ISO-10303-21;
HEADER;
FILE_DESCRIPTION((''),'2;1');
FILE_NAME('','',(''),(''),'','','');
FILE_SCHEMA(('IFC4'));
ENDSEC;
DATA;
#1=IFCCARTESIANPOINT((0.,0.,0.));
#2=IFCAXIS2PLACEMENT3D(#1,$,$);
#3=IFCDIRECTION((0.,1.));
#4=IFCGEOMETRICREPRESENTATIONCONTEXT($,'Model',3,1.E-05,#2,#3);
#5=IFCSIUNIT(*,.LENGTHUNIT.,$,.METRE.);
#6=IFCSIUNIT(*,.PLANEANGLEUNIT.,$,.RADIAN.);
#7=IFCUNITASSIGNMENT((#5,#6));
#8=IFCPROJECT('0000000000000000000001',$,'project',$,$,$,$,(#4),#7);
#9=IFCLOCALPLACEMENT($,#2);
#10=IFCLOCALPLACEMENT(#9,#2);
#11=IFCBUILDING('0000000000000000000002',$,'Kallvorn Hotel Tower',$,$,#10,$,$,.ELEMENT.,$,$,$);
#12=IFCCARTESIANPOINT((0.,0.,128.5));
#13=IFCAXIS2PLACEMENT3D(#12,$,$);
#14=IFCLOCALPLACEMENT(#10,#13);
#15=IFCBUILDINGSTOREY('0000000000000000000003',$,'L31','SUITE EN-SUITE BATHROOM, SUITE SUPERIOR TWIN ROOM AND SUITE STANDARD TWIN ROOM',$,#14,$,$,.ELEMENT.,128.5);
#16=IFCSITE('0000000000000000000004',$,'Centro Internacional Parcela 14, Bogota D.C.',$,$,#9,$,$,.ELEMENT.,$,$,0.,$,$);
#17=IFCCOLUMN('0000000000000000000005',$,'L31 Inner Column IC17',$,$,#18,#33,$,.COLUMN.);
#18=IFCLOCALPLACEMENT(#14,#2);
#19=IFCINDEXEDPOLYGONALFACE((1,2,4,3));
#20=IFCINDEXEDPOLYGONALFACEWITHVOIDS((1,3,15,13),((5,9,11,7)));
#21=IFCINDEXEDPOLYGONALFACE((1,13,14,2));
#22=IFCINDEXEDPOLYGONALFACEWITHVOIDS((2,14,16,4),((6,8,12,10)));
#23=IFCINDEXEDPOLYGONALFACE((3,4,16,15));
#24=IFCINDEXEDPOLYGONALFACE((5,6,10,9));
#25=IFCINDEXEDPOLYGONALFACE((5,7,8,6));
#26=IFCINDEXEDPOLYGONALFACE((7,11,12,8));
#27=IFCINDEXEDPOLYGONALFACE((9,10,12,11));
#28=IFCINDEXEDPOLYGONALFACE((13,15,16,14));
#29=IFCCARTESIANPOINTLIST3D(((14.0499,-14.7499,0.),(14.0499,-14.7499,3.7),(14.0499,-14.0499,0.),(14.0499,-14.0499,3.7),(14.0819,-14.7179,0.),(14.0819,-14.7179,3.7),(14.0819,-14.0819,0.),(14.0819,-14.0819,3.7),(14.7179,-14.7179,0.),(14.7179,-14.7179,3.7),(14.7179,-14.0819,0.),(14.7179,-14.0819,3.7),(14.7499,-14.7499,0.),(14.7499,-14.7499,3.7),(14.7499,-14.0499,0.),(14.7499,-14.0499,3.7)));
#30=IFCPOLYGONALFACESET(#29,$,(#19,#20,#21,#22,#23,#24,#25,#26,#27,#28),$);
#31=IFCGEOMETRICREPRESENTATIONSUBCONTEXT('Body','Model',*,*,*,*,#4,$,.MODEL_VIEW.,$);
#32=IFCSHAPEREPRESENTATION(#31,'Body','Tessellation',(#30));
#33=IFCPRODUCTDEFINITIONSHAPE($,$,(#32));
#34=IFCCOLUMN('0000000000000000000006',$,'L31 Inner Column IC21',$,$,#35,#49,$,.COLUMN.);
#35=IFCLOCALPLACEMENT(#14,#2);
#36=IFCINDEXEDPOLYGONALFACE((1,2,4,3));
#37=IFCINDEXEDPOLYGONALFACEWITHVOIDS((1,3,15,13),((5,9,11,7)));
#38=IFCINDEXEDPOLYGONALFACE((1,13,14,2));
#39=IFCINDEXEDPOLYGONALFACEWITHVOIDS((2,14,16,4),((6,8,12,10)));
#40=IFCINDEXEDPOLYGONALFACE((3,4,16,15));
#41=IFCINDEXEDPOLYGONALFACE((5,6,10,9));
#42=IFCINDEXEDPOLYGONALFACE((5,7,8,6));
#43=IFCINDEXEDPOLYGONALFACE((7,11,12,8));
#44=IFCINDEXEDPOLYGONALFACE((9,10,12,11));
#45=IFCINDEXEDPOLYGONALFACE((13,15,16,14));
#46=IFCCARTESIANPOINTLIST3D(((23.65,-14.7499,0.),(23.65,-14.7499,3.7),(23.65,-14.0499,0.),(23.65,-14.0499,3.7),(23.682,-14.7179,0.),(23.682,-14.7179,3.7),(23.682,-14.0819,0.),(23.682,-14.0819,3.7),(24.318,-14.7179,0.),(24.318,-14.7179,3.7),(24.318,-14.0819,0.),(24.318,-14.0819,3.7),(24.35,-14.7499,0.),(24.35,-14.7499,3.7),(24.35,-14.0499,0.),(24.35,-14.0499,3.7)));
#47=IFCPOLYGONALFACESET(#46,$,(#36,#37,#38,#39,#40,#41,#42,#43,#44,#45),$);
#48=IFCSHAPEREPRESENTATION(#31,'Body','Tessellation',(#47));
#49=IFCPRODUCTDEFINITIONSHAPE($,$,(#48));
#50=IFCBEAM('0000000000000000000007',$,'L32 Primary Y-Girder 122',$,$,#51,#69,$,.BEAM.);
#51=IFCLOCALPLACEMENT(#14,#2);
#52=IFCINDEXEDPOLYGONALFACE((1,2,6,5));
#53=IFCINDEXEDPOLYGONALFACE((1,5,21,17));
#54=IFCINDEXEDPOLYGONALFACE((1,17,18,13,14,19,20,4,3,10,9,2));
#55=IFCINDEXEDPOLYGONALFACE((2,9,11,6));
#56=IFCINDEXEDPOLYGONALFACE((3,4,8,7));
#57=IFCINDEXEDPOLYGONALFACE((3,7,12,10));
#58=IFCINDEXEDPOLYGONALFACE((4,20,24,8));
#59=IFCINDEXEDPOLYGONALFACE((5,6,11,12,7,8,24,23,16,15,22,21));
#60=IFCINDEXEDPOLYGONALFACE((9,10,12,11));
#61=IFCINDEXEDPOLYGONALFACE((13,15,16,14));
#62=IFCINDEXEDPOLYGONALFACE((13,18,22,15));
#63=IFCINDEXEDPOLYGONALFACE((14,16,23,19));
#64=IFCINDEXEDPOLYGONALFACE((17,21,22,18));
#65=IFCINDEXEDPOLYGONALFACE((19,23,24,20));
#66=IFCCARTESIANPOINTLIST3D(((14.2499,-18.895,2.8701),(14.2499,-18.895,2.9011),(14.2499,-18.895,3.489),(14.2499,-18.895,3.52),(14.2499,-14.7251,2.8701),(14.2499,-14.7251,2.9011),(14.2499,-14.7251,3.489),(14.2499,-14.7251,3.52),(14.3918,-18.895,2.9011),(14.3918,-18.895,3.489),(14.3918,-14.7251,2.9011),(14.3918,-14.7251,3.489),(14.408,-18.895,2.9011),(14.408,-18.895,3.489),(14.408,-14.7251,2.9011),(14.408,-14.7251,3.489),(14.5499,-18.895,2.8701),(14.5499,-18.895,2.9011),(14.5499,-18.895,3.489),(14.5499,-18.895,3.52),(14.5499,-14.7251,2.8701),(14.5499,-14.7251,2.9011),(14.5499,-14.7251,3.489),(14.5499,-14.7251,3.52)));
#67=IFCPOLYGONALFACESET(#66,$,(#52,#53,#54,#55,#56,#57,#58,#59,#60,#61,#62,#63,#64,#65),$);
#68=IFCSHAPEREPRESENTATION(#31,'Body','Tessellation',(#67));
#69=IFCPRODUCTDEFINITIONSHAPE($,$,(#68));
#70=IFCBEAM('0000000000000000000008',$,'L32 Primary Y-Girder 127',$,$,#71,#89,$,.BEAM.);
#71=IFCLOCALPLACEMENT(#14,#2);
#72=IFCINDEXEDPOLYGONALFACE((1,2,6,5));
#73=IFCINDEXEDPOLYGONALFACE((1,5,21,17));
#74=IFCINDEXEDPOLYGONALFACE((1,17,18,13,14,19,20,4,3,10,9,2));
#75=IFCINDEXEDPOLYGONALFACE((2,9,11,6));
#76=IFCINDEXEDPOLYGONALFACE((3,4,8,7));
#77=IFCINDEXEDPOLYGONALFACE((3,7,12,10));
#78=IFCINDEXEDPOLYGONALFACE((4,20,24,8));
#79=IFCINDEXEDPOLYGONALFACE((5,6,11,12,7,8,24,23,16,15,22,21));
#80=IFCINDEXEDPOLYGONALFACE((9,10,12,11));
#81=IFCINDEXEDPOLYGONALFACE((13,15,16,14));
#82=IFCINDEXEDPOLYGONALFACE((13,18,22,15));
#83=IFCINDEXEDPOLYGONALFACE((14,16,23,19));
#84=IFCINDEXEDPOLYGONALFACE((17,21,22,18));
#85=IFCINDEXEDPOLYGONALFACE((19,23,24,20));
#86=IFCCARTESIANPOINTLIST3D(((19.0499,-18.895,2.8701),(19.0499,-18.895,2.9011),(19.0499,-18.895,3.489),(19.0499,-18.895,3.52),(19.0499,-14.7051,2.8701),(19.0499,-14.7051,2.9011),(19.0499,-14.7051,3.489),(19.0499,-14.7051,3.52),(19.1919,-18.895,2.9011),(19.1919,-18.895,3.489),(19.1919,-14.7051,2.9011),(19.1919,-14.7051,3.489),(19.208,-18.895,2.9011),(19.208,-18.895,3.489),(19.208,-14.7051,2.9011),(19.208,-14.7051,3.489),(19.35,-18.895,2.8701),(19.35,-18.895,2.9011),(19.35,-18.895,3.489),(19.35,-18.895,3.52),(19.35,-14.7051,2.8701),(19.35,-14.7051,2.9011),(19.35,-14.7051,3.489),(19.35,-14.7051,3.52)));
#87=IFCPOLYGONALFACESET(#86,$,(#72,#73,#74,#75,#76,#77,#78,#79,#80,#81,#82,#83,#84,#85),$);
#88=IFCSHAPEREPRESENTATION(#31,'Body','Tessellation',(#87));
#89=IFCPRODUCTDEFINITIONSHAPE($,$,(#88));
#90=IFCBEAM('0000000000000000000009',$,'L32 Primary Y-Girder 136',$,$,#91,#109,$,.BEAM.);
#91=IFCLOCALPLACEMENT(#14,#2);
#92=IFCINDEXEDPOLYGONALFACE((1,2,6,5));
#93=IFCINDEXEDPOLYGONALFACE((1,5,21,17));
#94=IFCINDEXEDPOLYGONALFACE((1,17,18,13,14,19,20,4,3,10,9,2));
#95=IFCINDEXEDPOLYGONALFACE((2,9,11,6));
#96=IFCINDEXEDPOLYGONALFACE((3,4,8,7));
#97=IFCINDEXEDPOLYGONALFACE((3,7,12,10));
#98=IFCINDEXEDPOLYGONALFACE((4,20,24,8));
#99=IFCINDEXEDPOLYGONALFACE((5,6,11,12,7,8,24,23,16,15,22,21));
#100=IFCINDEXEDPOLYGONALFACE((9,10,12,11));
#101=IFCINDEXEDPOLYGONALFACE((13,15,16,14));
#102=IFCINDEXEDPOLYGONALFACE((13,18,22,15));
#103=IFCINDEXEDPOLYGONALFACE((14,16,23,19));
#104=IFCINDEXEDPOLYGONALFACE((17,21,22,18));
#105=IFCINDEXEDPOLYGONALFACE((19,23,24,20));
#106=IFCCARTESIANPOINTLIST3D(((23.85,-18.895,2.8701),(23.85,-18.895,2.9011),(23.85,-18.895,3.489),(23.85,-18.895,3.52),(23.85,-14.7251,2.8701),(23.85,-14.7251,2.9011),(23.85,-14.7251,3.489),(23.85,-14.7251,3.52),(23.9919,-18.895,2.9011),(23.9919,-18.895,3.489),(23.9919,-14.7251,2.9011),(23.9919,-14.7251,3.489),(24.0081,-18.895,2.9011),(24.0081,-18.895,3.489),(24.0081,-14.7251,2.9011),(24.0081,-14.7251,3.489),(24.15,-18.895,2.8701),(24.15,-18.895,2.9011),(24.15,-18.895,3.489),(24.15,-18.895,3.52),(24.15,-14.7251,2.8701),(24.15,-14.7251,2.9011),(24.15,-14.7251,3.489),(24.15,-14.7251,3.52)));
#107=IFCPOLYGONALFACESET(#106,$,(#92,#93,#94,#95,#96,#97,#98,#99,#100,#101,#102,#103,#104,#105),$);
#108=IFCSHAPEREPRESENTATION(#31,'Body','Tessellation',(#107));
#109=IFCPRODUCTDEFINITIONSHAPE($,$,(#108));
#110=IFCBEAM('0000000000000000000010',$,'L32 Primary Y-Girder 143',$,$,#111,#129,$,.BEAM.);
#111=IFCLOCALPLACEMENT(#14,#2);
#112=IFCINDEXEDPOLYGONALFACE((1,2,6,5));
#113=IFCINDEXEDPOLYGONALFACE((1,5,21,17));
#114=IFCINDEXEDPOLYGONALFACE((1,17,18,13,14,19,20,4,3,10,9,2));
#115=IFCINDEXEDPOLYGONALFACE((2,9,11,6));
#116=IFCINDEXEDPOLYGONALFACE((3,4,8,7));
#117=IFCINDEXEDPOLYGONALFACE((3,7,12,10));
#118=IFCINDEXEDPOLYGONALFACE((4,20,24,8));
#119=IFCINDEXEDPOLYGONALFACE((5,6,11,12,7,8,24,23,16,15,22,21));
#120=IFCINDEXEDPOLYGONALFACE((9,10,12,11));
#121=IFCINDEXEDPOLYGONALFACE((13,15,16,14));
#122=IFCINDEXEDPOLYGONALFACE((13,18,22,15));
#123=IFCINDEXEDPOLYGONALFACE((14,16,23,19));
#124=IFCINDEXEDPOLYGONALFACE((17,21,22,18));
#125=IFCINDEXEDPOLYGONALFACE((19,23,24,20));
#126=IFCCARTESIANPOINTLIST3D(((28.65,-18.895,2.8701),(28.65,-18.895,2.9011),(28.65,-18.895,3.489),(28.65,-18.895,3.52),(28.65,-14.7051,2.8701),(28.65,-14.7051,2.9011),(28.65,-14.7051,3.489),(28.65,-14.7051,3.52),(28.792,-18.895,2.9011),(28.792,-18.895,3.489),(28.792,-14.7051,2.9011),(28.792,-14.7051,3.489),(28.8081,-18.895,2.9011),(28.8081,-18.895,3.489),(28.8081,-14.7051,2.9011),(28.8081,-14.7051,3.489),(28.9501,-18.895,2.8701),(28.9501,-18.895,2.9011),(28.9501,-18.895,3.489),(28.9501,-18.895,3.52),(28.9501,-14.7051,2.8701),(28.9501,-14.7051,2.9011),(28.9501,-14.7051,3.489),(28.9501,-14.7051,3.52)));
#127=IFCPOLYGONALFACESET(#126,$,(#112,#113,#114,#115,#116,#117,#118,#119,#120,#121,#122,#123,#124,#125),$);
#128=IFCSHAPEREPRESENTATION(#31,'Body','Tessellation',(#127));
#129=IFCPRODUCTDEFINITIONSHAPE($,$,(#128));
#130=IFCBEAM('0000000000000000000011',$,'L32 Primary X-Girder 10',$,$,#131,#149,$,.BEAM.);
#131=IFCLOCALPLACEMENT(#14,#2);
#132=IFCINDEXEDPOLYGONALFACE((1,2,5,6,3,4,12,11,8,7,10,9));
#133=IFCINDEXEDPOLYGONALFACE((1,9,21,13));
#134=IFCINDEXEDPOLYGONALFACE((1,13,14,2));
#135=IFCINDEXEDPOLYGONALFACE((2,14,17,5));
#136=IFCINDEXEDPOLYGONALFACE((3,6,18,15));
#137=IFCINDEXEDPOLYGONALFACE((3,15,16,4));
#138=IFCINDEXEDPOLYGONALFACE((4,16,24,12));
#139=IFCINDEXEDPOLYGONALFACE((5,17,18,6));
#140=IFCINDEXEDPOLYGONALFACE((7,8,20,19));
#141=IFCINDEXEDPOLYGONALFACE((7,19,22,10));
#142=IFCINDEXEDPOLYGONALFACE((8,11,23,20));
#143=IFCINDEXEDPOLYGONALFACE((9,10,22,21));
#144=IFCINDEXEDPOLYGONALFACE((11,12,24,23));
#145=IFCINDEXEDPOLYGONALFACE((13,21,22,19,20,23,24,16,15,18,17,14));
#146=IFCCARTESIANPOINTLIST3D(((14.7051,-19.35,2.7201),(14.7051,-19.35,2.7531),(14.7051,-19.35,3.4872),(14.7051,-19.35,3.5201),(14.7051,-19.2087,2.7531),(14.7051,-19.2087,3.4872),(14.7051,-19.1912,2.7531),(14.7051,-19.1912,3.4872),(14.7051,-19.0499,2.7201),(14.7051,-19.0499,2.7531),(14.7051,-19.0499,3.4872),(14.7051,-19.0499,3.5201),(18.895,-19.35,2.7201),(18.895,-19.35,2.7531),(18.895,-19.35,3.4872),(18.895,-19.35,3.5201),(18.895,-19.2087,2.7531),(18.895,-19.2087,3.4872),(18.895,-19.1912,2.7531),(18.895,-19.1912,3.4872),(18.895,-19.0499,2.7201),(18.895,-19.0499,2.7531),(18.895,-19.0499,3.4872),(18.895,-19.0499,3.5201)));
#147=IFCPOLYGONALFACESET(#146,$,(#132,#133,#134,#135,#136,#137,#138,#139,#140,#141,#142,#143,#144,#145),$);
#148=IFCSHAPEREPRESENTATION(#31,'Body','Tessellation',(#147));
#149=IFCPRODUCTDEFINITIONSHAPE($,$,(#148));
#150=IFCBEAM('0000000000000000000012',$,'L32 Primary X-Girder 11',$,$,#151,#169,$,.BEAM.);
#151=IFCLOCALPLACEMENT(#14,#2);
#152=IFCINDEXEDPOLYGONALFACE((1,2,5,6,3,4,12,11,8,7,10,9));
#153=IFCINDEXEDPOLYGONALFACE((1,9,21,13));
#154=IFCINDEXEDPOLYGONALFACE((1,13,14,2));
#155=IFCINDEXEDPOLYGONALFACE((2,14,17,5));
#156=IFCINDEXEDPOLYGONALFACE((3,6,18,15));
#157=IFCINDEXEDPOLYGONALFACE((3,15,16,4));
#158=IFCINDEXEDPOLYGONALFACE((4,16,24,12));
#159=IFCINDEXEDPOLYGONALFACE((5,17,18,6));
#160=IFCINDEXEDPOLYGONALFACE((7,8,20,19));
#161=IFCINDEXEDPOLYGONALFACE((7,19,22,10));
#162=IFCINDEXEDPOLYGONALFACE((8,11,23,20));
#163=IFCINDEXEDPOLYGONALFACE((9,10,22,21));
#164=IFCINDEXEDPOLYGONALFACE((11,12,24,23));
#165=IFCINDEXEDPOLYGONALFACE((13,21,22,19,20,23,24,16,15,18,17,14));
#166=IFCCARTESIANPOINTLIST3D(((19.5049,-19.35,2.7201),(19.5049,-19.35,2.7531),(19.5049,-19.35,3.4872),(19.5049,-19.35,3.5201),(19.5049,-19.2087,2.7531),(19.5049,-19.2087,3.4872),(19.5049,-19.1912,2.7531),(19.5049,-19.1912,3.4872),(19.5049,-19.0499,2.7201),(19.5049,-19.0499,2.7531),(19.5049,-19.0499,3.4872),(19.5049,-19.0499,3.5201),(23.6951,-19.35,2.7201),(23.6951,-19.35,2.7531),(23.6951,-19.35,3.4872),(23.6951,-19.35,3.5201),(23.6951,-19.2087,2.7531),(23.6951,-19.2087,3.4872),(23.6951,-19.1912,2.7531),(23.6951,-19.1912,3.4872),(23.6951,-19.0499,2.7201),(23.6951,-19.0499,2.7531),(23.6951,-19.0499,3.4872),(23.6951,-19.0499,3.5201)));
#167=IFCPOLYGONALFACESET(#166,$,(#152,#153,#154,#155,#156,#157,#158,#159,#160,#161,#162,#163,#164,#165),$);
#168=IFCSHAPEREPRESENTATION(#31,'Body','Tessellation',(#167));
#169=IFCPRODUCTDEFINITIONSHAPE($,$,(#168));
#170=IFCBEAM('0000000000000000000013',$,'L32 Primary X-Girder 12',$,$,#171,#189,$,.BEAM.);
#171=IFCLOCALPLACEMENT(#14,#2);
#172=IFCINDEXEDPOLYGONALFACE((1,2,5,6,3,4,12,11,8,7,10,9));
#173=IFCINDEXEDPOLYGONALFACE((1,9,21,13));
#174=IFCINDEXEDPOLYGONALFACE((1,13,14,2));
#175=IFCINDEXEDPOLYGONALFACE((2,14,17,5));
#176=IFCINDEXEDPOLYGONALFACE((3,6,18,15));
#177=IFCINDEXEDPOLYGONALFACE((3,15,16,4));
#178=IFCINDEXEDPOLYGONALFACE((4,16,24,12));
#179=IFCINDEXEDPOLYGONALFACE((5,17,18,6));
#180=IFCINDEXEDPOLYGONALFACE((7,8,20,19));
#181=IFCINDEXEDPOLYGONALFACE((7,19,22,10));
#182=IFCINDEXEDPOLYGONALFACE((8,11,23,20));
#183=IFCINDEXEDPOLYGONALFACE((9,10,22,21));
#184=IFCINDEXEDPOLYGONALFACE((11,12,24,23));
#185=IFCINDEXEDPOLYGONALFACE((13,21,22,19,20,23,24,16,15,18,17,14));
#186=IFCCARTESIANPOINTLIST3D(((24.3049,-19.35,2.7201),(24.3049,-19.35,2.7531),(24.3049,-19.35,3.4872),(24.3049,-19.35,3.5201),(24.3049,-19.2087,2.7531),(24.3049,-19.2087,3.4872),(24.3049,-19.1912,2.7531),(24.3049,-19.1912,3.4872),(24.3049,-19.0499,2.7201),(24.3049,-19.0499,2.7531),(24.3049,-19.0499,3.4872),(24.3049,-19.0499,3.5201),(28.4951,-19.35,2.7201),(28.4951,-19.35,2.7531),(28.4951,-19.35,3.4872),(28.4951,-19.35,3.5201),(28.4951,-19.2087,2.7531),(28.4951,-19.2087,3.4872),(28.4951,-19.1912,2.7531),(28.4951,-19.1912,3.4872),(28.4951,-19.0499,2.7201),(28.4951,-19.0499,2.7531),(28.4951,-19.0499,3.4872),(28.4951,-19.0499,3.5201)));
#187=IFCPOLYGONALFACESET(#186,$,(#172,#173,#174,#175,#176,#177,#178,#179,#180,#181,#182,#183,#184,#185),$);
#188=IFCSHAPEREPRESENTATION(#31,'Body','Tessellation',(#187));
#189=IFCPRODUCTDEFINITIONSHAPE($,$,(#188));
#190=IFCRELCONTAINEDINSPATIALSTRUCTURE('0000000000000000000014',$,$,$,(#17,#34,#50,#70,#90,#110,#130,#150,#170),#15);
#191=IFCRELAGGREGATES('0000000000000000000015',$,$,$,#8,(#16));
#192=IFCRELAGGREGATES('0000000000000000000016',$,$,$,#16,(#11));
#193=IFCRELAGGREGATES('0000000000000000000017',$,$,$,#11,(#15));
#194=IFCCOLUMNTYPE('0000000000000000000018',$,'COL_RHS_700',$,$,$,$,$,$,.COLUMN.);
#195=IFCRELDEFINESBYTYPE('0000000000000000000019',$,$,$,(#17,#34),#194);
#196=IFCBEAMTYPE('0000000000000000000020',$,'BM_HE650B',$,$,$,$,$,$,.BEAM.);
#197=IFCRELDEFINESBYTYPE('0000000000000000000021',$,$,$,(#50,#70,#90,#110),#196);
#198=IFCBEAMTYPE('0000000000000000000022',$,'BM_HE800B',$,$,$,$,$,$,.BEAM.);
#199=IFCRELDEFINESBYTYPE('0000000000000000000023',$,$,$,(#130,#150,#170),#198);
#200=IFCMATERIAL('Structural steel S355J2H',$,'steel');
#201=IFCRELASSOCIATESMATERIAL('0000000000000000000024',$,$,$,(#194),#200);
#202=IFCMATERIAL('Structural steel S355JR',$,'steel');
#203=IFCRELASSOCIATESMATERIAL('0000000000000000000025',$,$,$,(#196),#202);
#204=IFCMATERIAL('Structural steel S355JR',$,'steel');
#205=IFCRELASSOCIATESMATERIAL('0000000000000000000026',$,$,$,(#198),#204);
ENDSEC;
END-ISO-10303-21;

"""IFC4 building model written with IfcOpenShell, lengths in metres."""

from ifc_helpers import new_model, si_unit, direction, frame, origin, origin_2d, place, context, subcontext, project, spatial, hollow_rectangle, i_section, extrude, material, material_profile, profile_set, type_object, element, save


model = new_model("IFC4")

# Units and contexts
model_context = context("Model", 3, precision=1e-05, world=origin(), true_north=direction((0.0, 1.0)))
body_context = subcontext(model_context, "Body", "Model", "MODEL_VIEW")
ifc_project = project(units=[si_unit("LENGTHUNIT", "METRE"), si_unit("PLANEANGLEUNIT", "RADIAN")], contexts=[model_context])

# Site, building, storey
site_placement = place(None, origin())
site = spatial("IfcSite", under=ifc_project, at=site_placement, Name="Centro Internacional Parcela 14, Bogota D.C.", CompositionType="ELEMENT", RefElevation=0.0)
building_placement = place(site_placement, origin())
building = spatial("IfcBuilding", under=site, at=building_placement, Name="Kallvorn Hotel Tower", CompositionType="ELEMENT")
storey_placement = place(building_placement, frame((0.0, 0.0, 128.5)))
storey = spatial("IfcBuildingStorey", under=building, at=storey_placement, Name="L31", Description="SUITE EN-SUITE BATHROOM, SUITE SUPERIOR TWIN ROOM AND SUITE STANDARD TWIN ROOM", CompositionType="ELEMENT", Elevation=128.5)

# Columns
ifc_material_1 = material(Name="Structural steel S355J2H", Category="steel")
ifc_material_profile_1 = material_profile(ifc_material_1, hollow_rectangle(XDim=0.7, YDim=0.7, WallThickness=0.032, at=origin_2d()), Name="RHS 700x700x32")
ifc_profile_set_1 = profile_set([ifc_material_profile_1], Name="Structural steel S355J2H")
column_type_1 = type_object("IfcColumnType", Name="COL_RHS_700", PredefinedType="COLUMN", material=ifc_profile_set_1)
for number, where, z_axis, x_axis, name in (
    (1, (14.3999, -14.3999, 0.0), (0.0, 0.0, 1.0), (1.0, 0.0, 0.0), "L31 Inner Column IC17"),
    (2, (24.0, -14.3999, 0.0), (0.0, 0.0, 1.0), (1.0, 0.0, 0.0), "L31 Inner Column IC21"),
):
    element("IfcColumn", number, at=place(storey_placement, frame(where, z_axis=z_axis, x_axis=x_axis)), inside=storey, type_object=column_type_1, Name=name, PredefinedType="COLUMN", context=body_context, shape_type="SweptSolid", body=[
        extrude(hollow_rectangle(XDim=0.7, YDim=0.7, WallThickness=0.032, at=origin_2d()), origin(), (0.0, 0.0, 1.0), 3.7),
    ])

# Beams
ifc_material_2 = material(Name="Structural steel S355JR", Category="steel")
ifc_material_profile_2 = material_profile(ifc_material_2, i_section(OverallWidth=0.3, OverallDepth=0.6499, WebThickness=0.0161, FlangeThickness=0.031, at=origin_2d()), Name="HE 650 B")
ifc_profile_set_2 = profile_set([ifc_material_profile_2], Name="Structural steel S355JR")
beam_type_1 = type_object("IfcBeamType", Name="BM_HE650B", PredefinedType="BEAM", material=ifc_profile_set_2)
beam_1_placement = place(storey_placement, frame((14.3999, -18.895, 3.1951), z_axis=(0.0, 1.0, 0.0), x_axis=(-1.0, 0.0, 0.0)))
element("IfcBeam", 3, at=beam_1_placement, inside=storey, type_object=beam_type_1, Name="L32 Primary Y-Girder 122", PredefinedType="BEAM", context=body_context, shape_type="SweptSolid", body=[
    extrude(i_section(OverallWidth=0.3, OverallDepth=0.6499, WebThickness=0.0161, FlangeThickness=0.031, at=origin_2d()), origin(), (0.0, 0.0, 1.0), 4.1699),
])
beam_2_placement = place(storey_placement, frame((19.2, -18.895, 3.1951), z_axis=(0.0, 1.0, 0.0), x_axis=(-1.0, 0.0, 0.0)))
element("IfcBeam", 4, at=beam_2_placement, inside=storey, type_object=beam_type_1, Name="L32 Primary Y-Girder 127", PredefinedType="BEAM", context=body_context, shape_type="SweptSolid", body=[
    extrude(i_section(OverallWidth=0.3, OverallDepth=0.6499, WebThickness=0.0161, FlangeThickness=0.031, at=origin_2d()), origin(), (0.0, 0.0, 1.0), 4.1899),
])
beam_3_placement = place(storey_placement, frame((24.0, -18.895, 3.1951), z_axis=(0.0, 1.0, 0.0), x_axis=(-1.0, 0.0, 0.0)))
element("IfcBeam", 5, at=beam_3_placement, inside=storey, type_object=beam_type_1, Name="L32 Primary Y-Girder 136", PredefinedType="BEAM", context=body_context, shape_type="SweptSolid", body=[
    extrude(i_section(OverallWidth=0.3, OverallDepth=0.6499, WebThickness=0.0161, FlangeThickness=0.031, at=origin_2d()), origin(), (0.0, 0.0, 1.0), 4.1699),
])
beam_4_placement = place(storey_placement, frame((28.8, -18.895, 3.1951), z_axis=(0.0, 1.0, 0.0), x_axis=(-1.0, 0.0, 0.0)))
element("IfcBeam", 6, at=beam_4_placement, inside=storey, type_object=beam_type_1, Name="L32 Primary Y-Girder 143", PredefinedType="BEAM", context=body_context, shape_type="SweptSolid", body=[
    extrude(i_section(OverallWidth=0.3, OverallDepth=0.6499, WebThickness=0.0161, FlangeThickness=0.031, at=origin_2d()), origin(), (0.0, 0.0, 1.0), 4.1899),
])
ifc_material_3 = material(Name="Structural steel S355JR", Category="steel")
ifc_material_profile_3 = material_profile(ifc_material_3, i_section(OverallWidth=0.3, OverallDepth=0.8, WebThickness=0.0176, FlangeThickness=0.033, at=origin_2d()), Name="HE 800 B")
ifc_profile_set_3 = profile_set([ifc_material_profile_3], Name="Structural steel S355JR")
beam_type_2 = type_object("IfcBeamType", Name="BM_HE800B", PredefinedType="BEAM", material=ifc_profile_set_3)
beam_5_placement = place(storey_placement, frame((14.7051, -19.2, 3.1201), z_axis=(1.0, 0.0, 0.0), x_axis=(0.0, 1.0, 0.0)))
element("IfcBeam", 7, at=beam_5_placement, inside=storey, type_object=beam_type_2, Name="L32 Primary X-Girder 10", PredefinedType="BEAM", context=body_context, shape_type="SweptSolid", body=[
    extrude(i_section(OverallWidth=0.3, OverallDepth=0.8, WebThickness=0.0176, FlangeThickness=0.033, at=origin_2d()), origin(), (0.0, 0.0, 1.0), 4.1899),
])
for number, where, z_axis, x_axis, name in (
    (8, (19.5049, -19.2, 3.1201), (1.0, 0.0, 0.0), (0.0, 1.0, 0.0), "L32 Primary X-Girder 11"),
    (9, (24.3049, -19.2, 3.1201), (1.0, 0.0, 0.0), (0.0, 1.0, 0.0), "L32 Primary X-Girder 12"),
):
    element("IfcBeam", number, at=place(storey_placement, frame(where, z_axis=z_axis, x_axis=x_axis)), inside=storey, type_object=beam_type_2, Name=name, PredefinedType="BEAM", context=body_context, shape_type="SweptSolid", body=[
        extrude(i_section(OverallWidth=0.3, OverallDepth=0.8, WebThickness=0.0176, FlangeThickness=0.033, at=origin_2d()), origin(), (0.0, 0.0, 1.0), 4.1902),
    ])

save(model, "model.ifc")
